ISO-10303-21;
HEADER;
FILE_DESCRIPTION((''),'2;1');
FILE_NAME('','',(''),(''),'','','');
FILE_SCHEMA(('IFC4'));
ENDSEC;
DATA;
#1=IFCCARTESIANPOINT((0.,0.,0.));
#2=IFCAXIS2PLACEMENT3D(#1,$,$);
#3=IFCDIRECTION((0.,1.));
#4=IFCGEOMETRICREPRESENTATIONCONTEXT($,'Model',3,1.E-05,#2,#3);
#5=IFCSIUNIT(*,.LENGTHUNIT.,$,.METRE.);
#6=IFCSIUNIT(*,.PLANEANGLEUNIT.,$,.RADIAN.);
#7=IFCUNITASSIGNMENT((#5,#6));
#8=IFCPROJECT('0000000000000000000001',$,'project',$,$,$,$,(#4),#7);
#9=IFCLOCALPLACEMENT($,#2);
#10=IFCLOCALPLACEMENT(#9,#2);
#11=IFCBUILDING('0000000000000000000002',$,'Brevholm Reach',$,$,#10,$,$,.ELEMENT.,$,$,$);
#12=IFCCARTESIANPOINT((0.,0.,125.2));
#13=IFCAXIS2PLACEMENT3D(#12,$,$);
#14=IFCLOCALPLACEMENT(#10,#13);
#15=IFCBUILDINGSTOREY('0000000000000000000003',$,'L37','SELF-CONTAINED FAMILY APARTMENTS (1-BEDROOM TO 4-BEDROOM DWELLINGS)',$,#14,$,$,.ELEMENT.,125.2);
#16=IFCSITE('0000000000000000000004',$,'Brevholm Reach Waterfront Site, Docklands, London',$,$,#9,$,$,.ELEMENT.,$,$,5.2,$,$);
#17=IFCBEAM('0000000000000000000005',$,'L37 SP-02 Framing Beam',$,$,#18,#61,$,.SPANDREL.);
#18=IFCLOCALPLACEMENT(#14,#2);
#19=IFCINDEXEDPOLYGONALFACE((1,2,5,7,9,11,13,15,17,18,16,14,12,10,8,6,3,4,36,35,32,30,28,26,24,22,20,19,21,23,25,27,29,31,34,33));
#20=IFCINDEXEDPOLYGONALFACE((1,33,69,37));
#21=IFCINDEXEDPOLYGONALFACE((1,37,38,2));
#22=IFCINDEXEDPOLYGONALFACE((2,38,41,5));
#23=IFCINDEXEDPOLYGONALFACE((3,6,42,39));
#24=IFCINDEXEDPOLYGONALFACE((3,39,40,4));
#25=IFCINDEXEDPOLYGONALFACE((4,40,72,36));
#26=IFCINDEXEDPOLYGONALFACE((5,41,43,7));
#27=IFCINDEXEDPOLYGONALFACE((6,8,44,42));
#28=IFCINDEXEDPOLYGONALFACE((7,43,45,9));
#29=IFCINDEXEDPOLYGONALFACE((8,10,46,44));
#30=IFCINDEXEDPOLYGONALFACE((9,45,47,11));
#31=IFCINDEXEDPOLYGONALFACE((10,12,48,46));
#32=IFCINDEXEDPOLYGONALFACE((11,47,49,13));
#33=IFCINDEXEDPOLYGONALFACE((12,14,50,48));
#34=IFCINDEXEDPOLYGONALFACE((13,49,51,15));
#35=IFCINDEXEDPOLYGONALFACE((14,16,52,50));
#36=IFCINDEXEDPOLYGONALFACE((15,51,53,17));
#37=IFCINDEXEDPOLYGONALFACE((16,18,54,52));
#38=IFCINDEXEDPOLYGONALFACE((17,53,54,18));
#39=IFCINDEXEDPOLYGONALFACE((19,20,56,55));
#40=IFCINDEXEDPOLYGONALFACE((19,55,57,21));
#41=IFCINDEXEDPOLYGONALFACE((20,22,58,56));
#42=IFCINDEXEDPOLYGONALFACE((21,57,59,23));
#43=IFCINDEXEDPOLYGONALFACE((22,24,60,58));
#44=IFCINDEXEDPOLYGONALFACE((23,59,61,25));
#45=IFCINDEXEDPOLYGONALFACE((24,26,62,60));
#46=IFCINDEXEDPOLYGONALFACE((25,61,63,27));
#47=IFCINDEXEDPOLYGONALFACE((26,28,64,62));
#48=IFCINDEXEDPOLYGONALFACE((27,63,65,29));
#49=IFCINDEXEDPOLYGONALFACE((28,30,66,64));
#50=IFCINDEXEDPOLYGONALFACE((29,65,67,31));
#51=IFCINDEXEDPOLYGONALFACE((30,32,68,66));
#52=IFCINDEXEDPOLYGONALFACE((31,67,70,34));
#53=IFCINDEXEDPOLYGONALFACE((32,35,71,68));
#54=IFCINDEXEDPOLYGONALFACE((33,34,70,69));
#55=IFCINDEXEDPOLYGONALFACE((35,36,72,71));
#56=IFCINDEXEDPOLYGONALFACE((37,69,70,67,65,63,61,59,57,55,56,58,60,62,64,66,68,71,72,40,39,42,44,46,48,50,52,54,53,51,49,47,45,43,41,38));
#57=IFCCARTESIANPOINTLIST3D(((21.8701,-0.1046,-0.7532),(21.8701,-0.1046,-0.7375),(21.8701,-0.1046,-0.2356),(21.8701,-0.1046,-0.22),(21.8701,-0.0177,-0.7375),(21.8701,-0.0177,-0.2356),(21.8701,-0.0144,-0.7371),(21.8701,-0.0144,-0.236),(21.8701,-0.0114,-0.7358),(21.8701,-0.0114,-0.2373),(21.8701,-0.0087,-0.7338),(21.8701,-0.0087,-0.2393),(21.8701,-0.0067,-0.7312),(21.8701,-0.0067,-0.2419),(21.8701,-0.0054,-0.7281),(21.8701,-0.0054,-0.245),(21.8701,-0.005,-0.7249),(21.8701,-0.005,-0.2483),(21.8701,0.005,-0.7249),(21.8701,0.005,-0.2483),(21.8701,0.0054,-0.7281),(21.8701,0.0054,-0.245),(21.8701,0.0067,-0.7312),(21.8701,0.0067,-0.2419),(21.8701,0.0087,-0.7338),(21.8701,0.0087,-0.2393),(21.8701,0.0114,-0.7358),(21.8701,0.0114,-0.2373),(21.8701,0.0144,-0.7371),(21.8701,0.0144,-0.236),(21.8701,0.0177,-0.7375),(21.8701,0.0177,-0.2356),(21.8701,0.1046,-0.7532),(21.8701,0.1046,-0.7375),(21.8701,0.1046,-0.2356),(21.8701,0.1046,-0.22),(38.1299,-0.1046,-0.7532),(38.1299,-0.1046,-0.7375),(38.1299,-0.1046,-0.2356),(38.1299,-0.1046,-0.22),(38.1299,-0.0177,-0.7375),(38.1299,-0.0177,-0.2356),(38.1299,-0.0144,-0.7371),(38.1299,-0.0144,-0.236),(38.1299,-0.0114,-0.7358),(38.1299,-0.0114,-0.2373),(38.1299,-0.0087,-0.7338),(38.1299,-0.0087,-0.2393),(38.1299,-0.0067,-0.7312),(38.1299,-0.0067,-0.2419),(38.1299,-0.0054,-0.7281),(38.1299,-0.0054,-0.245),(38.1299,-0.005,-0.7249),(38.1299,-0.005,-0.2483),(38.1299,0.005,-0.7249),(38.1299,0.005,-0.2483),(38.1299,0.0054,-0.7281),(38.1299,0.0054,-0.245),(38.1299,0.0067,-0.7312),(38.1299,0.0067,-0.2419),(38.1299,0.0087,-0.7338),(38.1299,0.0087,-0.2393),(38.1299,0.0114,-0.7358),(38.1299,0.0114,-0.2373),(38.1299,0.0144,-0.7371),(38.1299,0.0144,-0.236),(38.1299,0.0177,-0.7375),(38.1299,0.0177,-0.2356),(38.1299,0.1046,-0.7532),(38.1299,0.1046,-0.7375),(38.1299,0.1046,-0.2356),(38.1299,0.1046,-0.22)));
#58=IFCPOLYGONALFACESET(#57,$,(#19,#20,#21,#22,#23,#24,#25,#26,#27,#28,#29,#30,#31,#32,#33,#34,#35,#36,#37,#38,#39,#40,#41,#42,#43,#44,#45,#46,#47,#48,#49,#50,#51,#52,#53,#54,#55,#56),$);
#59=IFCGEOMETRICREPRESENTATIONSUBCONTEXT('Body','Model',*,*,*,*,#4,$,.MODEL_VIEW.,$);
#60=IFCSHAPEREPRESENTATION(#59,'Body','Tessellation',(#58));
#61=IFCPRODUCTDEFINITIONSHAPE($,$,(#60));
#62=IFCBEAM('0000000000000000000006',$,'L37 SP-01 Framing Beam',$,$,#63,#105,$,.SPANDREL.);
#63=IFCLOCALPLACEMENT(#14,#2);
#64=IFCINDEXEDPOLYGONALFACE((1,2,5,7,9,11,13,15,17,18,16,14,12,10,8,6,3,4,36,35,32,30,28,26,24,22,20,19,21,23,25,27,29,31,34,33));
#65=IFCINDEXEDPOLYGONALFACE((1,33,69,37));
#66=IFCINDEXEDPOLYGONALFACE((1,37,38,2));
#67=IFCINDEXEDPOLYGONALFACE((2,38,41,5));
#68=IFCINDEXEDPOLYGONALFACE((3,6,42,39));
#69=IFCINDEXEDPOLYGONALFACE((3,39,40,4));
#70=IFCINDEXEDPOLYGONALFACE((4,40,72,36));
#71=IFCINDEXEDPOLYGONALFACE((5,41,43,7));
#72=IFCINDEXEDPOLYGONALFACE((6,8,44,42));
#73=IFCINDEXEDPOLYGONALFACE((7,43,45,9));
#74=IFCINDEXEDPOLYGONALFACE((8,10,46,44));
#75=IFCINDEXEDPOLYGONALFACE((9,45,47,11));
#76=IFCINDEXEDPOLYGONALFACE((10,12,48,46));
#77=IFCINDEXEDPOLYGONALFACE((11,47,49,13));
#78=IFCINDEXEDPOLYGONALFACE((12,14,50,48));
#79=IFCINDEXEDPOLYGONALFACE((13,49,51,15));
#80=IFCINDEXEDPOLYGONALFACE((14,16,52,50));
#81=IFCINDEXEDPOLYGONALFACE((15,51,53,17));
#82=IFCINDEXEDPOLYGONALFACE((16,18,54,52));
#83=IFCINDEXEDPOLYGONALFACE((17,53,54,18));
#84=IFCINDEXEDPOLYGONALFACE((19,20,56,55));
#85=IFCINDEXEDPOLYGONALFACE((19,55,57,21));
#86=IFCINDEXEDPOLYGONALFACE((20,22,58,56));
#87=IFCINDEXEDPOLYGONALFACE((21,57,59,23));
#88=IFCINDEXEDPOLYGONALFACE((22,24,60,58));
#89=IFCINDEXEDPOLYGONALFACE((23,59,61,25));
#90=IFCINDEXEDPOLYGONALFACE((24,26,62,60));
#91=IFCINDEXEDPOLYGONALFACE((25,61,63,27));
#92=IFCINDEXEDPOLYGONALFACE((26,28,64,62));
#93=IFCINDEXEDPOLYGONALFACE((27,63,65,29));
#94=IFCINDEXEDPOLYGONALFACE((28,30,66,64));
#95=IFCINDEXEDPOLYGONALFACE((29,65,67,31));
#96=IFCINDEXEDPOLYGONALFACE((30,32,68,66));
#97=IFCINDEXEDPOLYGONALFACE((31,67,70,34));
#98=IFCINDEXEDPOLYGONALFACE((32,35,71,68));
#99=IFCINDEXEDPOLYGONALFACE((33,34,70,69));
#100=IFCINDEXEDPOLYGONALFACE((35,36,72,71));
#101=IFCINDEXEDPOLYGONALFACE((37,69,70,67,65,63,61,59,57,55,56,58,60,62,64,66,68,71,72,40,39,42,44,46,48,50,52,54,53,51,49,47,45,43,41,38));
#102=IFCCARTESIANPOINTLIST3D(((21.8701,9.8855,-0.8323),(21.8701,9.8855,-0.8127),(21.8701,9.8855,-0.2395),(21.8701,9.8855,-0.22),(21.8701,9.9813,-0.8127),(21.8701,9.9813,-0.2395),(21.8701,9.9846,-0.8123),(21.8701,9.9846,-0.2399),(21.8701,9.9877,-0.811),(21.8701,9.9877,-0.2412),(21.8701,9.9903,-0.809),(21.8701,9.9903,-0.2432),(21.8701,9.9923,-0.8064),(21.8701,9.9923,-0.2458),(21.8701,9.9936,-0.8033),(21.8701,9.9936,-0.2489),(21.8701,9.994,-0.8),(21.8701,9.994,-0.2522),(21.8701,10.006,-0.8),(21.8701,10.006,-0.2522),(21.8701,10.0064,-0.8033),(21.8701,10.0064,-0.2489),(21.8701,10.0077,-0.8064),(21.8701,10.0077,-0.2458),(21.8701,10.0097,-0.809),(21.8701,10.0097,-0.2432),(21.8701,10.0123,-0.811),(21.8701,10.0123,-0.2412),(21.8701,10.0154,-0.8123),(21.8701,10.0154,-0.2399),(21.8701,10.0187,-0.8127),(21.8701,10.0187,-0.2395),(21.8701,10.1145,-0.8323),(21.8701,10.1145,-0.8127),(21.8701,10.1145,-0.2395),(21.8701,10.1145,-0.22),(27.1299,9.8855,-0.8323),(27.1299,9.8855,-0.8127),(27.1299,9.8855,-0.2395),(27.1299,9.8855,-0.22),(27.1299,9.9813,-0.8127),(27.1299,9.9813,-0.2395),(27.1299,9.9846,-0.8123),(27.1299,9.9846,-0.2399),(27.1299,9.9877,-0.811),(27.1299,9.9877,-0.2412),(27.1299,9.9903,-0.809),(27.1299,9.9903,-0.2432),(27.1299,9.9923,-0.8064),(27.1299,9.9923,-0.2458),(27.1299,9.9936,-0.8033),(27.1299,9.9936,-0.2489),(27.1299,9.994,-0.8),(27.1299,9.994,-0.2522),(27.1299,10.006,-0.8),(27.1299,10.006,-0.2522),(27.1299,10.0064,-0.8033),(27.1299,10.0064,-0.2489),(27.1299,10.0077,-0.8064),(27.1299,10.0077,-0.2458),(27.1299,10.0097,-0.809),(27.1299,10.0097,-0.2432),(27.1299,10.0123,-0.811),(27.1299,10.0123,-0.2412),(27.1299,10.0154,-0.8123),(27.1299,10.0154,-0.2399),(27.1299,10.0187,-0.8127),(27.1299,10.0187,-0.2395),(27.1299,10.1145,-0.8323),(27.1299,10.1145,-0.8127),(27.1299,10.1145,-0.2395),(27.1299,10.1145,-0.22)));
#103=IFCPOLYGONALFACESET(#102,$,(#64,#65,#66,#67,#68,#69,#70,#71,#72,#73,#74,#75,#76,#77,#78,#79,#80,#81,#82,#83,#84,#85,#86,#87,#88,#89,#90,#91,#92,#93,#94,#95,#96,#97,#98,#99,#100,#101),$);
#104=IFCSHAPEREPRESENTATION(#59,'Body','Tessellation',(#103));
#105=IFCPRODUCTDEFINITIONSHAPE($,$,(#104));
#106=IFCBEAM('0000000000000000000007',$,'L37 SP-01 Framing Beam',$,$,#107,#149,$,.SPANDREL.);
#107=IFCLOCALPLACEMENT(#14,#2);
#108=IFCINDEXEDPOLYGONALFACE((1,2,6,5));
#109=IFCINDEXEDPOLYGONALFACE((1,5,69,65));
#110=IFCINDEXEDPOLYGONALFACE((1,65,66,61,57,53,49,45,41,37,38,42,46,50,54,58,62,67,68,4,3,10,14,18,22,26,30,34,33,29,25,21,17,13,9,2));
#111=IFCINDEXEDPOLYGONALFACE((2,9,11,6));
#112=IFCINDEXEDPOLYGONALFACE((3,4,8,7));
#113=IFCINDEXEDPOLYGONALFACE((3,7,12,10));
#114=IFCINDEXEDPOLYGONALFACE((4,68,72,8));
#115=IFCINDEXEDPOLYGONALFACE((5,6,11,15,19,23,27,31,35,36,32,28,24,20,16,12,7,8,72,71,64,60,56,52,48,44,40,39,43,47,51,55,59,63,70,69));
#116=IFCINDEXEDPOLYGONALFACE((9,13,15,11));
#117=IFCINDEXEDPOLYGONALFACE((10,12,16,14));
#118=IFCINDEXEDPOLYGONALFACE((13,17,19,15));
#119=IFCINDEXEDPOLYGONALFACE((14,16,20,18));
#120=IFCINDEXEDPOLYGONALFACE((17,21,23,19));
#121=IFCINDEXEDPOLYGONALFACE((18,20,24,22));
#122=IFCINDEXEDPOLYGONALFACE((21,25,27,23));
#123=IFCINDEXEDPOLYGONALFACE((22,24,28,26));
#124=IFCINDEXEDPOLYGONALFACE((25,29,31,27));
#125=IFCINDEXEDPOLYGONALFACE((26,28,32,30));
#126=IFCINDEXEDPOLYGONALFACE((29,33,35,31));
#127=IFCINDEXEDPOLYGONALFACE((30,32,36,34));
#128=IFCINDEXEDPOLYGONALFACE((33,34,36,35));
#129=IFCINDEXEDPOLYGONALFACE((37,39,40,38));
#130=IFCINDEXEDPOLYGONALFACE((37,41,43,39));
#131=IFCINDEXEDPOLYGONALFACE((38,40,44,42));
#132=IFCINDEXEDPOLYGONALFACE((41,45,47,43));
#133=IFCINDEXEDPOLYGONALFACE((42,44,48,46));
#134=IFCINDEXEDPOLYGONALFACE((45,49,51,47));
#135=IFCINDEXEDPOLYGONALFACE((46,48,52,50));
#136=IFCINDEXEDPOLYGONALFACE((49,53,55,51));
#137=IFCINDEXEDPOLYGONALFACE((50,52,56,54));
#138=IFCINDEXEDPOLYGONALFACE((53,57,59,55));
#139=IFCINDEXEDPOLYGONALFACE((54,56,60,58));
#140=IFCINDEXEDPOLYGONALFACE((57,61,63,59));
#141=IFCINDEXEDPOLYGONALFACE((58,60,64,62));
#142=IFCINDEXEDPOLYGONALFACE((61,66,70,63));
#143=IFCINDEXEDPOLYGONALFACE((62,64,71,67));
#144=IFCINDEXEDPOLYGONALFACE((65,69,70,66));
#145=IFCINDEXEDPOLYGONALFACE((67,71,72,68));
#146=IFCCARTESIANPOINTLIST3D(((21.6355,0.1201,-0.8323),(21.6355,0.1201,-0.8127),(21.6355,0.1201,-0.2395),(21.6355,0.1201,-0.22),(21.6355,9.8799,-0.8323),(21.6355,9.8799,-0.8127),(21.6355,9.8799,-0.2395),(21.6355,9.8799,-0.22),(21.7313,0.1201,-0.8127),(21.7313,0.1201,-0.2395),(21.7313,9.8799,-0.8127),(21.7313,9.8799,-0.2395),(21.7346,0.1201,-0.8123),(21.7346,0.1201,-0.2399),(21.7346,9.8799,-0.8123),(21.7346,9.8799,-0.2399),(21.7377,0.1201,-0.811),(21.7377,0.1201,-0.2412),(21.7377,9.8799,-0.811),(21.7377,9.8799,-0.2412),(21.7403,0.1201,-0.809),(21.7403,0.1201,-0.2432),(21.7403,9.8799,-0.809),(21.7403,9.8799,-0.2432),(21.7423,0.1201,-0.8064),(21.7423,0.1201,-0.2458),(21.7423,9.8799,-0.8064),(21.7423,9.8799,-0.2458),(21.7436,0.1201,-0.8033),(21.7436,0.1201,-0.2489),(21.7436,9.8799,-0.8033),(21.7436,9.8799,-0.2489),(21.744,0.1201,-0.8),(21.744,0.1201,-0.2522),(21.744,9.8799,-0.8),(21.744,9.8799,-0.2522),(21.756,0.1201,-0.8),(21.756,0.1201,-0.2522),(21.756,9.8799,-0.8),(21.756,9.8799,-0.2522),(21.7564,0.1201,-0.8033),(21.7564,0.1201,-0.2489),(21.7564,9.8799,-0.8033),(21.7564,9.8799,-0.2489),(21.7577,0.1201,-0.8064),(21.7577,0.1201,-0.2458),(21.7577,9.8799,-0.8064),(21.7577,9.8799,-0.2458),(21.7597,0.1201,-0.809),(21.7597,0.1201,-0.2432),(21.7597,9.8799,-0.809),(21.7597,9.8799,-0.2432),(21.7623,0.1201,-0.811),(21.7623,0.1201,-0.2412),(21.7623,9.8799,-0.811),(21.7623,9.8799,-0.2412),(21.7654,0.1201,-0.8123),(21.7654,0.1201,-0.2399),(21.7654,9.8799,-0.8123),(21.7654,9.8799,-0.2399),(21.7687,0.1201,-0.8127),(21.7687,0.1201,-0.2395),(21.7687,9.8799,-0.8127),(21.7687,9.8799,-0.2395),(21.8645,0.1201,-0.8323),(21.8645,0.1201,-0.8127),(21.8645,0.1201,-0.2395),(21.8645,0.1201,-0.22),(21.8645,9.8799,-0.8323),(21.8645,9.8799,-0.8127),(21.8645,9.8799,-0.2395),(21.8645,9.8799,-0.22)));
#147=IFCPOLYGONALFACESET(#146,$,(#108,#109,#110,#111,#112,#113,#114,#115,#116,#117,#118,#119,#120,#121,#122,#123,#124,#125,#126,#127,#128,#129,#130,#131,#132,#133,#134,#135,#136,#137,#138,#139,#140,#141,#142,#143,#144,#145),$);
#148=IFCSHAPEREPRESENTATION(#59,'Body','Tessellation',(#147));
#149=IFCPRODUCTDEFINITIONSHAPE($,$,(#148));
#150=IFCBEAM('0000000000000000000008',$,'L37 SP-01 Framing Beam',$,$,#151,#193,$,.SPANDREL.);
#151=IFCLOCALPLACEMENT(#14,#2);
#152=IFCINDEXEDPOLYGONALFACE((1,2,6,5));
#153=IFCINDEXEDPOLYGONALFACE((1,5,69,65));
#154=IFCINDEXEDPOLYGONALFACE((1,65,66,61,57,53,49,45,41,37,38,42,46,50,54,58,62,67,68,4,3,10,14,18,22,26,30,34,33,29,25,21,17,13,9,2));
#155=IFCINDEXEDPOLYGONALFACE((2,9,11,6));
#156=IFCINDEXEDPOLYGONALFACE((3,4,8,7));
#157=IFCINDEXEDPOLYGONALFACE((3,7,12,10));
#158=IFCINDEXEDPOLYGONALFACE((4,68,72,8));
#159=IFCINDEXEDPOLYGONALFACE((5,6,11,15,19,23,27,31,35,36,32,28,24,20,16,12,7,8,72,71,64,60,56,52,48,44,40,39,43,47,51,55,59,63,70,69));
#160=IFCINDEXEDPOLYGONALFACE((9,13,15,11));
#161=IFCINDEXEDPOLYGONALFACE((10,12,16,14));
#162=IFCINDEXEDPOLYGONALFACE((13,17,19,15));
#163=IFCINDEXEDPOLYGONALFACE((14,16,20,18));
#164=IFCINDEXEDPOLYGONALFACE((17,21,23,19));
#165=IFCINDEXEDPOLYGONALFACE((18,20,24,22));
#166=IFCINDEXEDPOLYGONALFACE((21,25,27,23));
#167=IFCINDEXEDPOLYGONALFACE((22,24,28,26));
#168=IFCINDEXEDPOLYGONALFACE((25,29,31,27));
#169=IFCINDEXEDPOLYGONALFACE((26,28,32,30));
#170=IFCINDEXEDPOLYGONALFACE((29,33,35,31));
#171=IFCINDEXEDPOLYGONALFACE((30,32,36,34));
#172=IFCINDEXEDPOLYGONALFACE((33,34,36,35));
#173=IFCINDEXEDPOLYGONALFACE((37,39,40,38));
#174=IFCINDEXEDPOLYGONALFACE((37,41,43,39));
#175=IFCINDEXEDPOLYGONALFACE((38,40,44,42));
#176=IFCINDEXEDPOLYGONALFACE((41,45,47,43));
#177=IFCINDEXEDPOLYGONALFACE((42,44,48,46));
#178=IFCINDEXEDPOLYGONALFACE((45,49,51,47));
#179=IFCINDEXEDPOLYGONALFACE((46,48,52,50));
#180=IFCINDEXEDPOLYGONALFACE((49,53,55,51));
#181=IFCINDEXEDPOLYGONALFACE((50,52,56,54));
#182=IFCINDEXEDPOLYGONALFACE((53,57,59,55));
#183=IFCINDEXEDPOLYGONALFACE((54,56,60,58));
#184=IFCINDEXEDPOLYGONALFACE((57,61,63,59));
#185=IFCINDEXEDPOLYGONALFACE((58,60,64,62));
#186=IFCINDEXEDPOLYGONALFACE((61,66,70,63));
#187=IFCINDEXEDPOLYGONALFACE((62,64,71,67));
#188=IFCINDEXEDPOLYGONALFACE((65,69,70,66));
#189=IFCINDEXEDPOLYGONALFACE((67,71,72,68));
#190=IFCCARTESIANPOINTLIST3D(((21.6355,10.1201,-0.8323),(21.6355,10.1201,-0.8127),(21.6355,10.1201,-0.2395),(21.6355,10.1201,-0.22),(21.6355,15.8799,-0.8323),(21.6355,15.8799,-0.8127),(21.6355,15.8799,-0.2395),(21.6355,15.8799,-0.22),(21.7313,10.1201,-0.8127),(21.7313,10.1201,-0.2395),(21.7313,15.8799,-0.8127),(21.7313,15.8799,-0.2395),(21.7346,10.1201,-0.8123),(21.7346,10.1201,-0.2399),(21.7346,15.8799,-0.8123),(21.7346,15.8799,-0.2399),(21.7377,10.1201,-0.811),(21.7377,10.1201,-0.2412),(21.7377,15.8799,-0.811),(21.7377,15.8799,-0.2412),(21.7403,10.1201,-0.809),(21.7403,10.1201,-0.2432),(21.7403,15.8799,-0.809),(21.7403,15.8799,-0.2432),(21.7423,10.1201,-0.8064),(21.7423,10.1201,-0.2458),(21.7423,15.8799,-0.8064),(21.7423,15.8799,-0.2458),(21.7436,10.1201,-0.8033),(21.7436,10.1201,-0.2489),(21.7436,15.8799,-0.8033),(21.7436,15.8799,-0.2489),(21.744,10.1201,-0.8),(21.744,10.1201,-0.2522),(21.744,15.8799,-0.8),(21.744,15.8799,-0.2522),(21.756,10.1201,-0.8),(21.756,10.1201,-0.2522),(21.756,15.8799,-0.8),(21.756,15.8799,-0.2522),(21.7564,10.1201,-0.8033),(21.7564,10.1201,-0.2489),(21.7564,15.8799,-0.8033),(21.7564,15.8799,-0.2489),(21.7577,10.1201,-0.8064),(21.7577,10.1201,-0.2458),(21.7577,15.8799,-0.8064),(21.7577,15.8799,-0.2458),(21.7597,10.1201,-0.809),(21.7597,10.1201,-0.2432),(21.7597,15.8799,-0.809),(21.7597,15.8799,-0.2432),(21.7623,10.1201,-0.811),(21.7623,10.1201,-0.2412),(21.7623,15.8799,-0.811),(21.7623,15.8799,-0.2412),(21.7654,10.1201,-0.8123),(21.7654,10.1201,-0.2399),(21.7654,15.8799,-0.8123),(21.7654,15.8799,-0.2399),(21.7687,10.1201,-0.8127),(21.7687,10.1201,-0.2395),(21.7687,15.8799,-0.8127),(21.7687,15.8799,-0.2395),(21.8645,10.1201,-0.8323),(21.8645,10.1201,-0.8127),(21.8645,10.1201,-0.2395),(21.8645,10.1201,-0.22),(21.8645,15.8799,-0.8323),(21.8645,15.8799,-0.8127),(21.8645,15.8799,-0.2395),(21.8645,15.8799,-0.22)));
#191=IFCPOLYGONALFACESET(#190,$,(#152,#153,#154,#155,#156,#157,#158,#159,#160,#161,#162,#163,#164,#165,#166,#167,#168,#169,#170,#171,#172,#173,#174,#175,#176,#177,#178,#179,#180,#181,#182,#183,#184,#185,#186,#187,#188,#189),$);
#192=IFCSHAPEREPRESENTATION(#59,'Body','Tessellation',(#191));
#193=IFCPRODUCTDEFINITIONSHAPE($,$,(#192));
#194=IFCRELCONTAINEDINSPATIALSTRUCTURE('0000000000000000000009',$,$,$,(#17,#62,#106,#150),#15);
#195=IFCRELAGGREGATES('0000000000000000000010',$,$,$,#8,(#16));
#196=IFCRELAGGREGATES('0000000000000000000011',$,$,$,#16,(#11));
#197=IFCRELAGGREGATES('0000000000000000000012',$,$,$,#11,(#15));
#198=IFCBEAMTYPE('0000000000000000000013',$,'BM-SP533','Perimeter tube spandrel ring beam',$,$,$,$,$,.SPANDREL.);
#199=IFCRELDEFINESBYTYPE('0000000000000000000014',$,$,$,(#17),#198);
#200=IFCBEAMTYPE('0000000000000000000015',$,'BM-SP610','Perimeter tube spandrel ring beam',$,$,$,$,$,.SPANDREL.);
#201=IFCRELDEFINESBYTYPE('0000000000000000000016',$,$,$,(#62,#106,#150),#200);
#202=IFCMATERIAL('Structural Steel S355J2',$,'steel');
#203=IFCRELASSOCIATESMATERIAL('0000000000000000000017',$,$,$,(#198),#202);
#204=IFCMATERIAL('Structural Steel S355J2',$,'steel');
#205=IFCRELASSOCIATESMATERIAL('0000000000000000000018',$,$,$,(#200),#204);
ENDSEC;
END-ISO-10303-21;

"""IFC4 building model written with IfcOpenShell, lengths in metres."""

from ifc_helpers import new_model, si_unit, direction, frame, origin, origin_2d, place, context, subcontext, project, spatial, i_section, extrude, material, material_profile, profile_set, type_object, element, save


model = new_model("IFC4")

# Units and contexts
model_context = context("Model", 3, precision=1e-05, world=origin(), true_north=direction((0.0, 1.0)))
body_context = subcontext(model_context, "Body", "Model", "MODEL_VIEW")
ifc_project = project(units=[si_unit("LENGTHUNIT", "METRE"), si_unit("PLANEANGLEUNIT", "RADIAN")], contexts=[model_context])

# Site, building, storey
site_placement = place(None, origin())
site = spatial("IfcSite", under=ifc_project, at=site_placement, Name="Brevholm Reach Waterfront Site, Docklands, London", CompositionType="ELEMENT", RefElevation=5.2)
building_placement = place(site_placement, origin())
building = spatial("IfcBuilding", under=site, at=building_placement, Name="Brevholm Reach", CompositionType="ELEMENT")
storey_placement = place(building_placement, frame((0.0, 0.0, 125.2)))
storey = spatial("IfcBuildingStorey", under=building, at=storey_placement, Name="L37", Description="SELF-CONTAINED FAMILY APARTMENTS (1-BEDROOM TO 4-BEDROOM DWELLINGS)", CompositionType="ELEMENT", Elevation=125.2)

# Beams
ifc_material_1 = material(Name="Structural Steel S355J2", Category="steel")
ifc_material_profile_1 = material_profile(ifc_material_1, i_section(OverallWidth=0.2092, OverallDepth=0.5332, WebThickness=0.01, FlangeThickness=0.0156, FilletRadius=0.0127, at=origin_2d()), Name="UKB 533x210x92")
ifc_profile_set_1 = profile_set([ifc_material_profile_1], Name="Structural Steel S355J2")
beam_type_1 = type_object("IfcBeamType", Name="BM-SP533", Description="Perimeter tube spandrel ring beam", PredefinedType="SPANDREL", material=ifc_profile_set_1)
beam_1_placement = place(storey_placement, frame((21.8701, 0.0, -0.4866), z_axis=(1.0, 0.0, 0.0), x_axis=(0.0, 1.0, 0.0)))
element("IfcBeam", 1, at=beam_1_placement, inside=storey, type_object=beam_type_1, Name="L37 SP-02 Framing Beam", PredefinedType="SPANDREL", context=body_context, shape_type="SweptSolid", body=[
    extrude(i_section(OverallWidth=0.2092, OverallDepth=0.5332, WebThickness=0.01, FlangeThickness=0.0156, FilletRadius=0.0127, at=origin_2d()), origin(), (0.0, 0.0, 1.0), 16.2598),
])
ifc_material_2 = material(Name="Structural Steel S355J2", Category="steel")
ifc_material_profile_2 = material_profile(ifc_material_2, i_section(OverallWidth=0.229, OverallDepth=0.6123, WebThickness=0.012, FlangeThickness=0.0195, FilletRadius=0.0127, at=origin_2d()), Name="UKB 610x229x125")
ifc_profile_set_2 = profile_set([ifc_material_profile_2], Name="Structural Steel S355J2")
beam_type_2 = type_object("IfcBeamType", Name="BM-SP610", Description="Perimeter tube spandrel ring beam", PredefinedType="SPANDREL", material=ifc_profile_set_2)
beam_2_placement = place(storey_placement, frame((21.8701, 10.0, -0.5261), z_axis=(1.0, 0.0, 0.0), x_axis=(0.0, 1.0, 0.0)))
element("IfcBeam", 2, at=beam_2_placement, inside=storey, type_object=beam_type_2, Name="L37 SP-01 Framing Beam", PredefinedType="SPANDREL", context=body_context, shape_type="SweptSolid", body=[
    extrude(i_section(OverallWidth=0.229, OverallDepth=0.6123, WebThickness=0.012, FlangeThickness=0.0195, FilletRadius=0.0127, at=origin_2d()), origin(), (0.0, 0.0, 1.0), 5.2598),
])
beam_3_placement = place(storey_placement, frame((21.75, 0.1201, -0.5261), z_axis=(0.0, 1.0, 0.0), x_axis=(-1.0, 0.0, 0.0)))
element("IfcBeam", 3, at=beam_3_placement, inside=storey, type_object=beam_type_2, Name="L37 SP-01 Framing Beam", PredefinedType="SPANDREL", context=body_context, shape_type="SweptSolid", body=[
    extrude(i_section(OverallWidth=0.229, OverallDepth=0.6123, WebThickness=0.012, FlangeThickness=0.0195, FilletRadius=0.0127, at=origin_2d()), origin(), (0.0, 0.0, 1.0), 9.7598),
])
beam_4_placement = place(storey_placement, frame((21.75, 10.1201, -0.5261), z_axis=(0.0, 1.0, 0.0), x_axis=(-1.0, 0.0, 0.0)))
element("IfcBeam", 4, at=beam_4_placement, inside=storey, type_object=beam_type_2, Name="L37 SP-01 Framing Beam", PredefinedType="SPANDREL", context=body_context, shape_type="SweptSolid", body=[
    extrude(i_section(OverallWidth=0.229, OverallDepth=0.6123, WebThickness=0.012, FlangeThickness=0.0195, FilletRadius=0.0127, at=origin_2d()), origin(), (0.0, 0.0, 1.0), 5.7598),
])

save(model, "model.ifc")
